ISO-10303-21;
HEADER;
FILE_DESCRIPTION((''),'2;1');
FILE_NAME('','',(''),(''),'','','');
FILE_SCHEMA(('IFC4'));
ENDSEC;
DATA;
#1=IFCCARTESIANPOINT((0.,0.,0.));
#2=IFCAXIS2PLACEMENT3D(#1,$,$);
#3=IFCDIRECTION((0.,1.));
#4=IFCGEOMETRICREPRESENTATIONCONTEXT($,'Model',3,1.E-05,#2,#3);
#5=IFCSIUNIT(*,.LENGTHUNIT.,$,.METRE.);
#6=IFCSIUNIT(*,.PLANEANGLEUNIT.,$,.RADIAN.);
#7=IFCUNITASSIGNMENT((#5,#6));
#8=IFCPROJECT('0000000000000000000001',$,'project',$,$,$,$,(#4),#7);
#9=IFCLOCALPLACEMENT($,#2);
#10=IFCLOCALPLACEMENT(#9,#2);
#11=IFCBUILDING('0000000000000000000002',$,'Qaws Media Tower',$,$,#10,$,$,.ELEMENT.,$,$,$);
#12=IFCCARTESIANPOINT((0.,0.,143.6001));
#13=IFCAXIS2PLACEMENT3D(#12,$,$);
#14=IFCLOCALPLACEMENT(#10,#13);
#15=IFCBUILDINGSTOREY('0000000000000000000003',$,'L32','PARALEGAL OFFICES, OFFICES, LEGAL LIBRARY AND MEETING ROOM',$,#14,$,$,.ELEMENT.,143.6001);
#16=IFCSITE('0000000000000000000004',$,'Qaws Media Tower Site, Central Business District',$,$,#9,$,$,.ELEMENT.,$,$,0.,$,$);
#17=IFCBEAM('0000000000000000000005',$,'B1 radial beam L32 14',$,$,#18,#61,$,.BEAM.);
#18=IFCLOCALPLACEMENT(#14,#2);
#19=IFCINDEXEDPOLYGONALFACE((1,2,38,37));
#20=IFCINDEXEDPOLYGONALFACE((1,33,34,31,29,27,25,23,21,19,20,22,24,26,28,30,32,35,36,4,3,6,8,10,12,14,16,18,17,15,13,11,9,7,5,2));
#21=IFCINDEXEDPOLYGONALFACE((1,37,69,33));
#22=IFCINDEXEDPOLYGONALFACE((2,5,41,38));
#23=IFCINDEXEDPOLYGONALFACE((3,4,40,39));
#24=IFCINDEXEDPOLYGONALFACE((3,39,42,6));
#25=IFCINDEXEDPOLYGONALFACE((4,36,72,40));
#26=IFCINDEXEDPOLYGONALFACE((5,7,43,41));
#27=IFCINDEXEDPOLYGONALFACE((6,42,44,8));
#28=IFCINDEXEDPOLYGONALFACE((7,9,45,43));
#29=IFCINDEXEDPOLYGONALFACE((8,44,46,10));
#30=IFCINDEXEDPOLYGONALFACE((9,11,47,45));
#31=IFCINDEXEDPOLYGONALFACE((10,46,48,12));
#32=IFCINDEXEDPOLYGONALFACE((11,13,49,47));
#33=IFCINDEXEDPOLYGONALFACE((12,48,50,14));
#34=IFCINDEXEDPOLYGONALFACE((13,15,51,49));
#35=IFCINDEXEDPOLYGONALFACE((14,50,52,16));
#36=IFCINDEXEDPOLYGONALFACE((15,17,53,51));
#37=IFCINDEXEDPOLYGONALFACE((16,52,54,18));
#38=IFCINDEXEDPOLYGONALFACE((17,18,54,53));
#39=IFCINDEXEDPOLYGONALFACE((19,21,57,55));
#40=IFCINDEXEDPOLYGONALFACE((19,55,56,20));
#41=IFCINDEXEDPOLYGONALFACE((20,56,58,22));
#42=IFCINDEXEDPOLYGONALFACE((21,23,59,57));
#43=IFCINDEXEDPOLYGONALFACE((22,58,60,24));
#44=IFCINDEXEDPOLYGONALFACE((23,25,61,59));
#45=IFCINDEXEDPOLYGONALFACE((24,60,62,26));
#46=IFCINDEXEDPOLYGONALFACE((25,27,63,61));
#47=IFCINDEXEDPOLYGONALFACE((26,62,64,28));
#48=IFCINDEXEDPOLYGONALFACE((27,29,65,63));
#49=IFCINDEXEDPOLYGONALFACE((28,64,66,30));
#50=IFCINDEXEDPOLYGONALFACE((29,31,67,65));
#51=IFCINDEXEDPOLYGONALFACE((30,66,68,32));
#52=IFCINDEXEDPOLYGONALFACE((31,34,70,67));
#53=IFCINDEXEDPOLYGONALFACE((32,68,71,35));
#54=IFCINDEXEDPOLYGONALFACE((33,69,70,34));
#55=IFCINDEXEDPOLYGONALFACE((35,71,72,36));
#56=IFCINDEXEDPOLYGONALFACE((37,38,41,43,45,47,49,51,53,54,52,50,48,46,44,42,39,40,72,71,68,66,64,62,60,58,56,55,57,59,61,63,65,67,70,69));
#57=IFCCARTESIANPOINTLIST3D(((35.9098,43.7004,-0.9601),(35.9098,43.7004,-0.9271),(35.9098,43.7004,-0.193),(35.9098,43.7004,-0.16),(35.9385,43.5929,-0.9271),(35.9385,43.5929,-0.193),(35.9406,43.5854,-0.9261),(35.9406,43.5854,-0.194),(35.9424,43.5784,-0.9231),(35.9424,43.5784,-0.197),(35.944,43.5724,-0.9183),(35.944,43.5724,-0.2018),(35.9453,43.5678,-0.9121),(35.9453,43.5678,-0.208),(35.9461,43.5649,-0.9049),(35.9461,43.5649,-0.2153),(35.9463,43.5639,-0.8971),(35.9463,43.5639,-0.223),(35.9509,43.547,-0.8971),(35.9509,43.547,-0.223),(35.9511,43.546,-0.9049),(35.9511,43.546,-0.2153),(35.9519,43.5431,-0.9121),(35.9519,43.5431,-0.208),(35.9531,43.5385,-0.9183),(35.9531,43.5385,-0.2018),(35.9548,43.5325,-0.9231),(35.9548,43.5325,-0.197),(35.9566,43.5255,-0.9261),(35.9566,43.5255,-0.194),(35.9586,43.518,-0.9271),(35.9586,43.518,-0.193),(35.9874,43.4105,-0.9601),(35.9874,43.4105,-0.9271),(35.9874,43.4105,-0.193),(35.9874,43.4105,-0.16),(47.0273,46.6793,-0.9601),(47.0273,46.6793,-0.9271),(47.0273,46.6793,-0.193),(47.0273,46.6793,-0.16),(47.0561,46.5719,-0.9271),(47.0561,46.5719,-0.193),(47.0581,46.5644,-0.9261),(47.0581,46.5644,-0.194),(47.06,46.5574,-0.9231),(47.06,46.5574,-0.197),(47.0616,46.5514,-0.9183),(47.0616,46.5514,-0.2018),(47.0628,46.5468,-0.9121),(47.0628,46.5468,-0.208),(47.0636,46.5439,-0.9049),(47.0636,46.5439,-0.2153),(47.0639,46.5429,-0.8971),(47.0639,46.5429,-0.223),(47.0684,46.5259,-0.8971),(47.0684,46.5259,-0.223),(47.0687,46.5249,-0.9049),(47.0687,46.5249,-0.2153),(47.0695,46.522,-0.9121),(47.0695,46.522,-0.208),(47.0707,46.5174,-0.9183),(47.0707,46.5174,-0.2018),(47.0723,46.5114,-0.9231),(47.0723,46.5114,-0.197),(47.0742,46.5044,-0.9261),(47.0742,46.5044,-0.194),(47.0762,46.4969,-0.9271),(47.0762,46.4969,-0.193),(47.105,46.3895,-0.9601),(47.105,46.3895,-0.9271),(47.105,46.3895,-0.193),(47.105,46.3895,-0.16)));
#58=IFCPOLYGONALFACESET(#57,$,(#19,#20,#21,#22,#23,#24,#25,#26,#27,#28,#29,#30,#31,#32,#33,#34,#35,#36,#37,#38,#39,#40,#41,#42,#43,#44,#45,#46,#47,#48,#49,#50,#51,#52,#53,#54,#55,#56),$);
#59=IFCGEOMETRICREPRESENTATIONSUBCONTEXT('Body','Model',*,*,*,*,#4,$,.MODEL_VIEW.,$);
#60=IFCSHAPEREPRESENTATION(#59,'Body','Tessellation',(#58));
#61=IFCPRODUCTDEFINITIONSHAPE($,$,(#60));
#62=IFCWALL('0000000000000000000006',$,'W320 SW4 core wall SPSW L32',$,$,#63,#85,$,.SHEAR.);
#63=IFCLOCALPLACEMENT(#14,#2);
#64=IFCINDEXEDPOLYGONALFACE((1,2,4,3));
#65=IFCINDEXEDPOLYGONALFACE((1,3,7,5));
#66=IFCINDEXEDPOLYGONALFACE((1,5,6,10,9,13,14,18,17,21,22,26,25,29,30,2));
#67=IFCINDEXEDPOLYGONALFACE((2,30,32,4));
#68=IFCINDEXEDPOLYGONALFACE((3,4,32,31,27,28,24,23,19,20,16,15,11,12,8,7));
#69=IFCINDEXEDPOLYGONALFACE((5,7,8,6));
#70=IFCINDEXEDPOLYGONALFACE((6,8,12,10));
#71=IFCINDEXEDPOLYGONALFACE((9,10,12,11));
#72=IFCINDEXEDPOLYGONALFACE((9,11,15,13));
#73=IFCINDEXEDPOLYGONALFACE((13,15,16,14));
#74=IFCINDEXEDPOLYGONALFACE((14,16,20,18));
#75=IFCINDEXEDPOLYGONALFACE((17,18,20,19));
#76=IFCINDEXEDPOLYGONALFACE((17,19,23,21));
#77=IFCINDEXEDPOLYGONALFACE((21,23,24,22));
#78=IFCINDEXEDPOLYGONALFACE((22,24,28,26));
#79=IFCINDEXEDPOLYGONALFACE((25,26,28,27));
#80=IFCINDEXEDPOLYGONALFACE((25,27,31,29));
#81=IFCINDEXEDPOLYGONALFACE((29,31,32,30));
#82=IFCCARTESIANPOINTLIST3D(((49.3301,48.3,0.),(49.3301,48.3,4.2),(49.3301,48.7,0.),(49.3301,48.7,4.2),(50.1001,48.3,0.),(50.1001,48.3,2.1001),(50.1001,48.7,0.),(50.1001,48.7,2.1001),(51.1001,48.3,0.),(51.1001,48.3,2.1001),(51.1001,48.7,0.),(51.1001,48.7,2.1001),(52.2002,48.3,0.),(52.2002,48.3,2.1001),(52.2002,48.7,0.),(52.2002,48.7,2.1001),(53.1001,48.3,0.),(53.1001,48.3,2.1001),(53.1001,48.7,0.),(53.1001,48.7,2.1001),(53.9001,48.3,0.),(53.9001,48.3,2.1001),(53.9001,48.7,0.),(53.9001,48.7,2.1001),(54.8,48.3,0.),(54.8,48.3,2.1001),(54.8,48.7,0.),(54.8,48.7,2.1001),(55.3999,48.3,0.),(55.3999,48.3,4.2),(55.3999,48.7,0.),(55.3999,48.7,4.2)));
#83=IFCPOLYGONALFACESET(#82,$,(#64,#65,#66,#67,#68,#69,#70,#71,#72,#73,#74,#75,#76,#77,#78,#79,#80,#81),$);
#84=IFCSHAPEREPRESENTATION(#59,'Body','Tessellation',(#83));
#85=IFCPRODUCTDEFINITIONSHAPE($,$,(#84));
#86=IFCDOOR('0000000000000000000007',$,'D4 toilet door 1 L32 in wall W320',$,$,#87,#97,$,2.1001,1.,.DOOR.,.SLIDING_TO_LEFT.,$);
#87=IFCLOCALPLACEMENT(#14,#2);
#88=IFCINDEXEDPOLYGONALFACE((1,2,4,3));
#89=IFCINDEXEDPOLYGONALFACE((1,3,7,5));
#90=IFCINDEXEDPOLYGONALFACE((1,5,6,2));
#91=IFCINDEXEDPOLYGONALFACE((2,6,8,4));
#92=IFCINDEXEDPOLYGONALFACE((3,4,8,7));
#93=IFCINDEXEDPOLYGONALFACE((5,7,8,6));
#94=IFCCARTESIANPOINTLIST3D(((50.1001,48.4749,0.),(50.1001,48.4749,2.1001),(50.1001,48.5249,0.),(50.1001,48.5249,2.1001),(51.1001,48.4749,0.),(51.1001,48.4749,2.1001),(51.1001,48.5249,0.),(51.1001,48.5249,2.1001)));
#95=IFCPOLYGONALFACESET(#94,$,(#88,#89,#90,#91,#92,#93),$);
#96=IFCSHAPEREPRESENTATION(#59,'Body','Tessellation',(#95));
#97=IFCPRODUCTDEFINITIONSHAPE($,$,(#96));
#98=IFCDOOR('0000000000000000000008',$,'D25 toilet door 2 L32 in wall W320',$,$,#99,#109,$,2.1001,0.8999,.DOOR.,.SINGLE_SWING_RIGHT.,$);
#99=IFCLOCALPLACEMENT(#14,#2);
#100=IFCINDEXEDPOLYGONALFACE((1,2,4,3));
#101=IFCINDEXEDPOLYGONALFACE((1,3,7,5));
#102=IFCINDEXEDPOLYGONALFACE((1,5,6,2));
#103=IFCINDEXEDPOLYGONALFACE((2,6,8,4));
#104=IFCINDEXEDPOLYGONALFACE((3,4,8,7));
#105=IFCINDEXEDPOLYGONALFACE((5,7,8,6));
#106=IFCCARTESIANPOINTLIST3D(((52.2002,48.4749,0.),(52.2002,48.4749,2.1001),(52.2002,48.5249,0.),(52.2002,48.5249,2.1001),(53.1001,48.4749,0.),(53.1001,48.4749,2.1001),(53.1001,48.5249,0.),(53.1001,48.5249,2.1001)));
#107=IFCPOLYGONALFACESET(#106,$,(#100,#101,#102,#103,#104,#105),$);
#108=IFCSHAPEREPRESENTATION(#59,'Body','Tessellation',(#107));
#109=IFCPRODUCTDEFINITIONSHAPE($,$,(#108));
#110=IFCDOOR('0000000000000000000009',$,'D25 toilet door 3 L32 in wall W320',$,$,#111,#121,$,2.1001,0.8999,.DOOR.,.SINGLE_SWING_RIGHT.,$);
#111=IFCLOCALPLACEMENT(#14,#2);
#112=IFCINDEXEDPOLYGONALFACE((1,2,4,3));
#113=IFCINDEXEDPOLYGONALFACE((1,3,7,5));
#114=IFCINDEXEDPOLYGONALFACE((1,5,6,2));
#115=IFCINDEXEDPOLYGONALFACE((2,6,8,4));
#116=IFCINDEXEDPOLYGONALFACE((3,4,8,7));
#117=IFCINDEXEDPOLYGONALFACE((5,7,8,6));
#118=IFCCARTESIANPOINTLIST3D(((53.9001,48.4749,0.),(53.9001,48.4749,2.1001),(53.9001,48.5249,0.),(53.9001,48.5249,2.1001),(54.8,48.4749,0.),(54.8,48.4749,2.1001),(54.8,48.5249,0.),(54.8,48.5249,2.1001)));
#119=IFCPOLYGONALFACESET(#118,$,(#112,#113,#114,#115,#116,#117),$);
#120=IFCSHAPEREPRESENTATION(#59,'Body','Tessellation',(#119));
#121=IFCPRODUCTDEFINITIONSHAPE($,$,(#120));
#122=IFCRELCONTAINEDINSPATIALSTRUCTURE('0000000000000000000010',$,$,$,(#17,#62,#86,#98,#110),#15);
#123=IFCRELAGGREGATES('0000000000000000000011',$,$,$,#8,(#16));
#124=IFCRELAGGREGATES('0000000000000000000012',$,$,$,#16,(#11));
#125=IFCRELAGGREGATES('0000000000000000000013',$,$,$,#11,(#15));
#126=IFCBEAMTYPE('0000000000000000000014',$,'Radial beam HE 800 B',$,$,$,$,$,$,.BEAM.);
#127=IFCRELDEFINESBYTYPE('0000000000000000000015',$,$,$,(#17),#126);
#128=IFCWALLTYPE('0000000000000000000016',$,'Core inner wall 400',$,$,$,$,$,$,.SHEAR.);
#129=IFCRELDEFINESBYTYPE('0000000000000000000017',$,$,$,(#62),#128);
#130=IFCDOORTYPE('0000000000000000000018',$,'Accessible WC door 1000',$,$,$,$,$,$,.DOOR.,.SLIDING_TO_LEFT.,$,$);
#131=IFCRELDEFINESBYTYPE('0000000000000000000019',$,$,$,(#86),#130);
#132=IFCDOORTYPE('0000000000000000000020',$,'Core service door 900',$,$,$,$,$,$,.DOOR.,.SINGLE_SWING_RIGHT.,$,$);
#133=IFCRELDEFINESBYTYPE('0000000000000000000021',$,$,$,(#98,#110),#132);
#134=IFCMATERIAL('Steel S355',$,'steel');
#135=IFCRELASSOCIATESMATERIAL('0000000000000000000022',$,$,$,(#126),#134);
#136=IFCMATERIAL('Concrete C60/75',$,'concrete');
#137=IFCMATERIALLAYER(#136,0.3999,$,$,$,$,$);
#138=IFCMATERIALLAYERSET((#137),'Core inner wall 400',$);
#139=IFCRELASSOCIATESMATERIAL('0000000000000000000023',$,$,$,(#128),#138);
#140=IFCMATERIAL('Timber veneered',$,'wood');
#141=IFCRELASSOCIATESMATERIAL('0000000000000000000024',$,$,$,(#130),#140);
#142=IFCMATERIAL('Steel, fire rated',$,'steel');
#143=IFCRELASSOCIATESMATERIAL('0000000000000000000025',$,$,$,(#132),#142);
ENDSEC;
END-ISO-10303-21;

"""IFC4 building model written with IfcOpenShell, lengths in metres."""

from ifc_helpers import new_model, si_unit, direction, frame, frame_2d, origin, origin_2d, place, context, subcontext, project, spatial, rectangle, i_section, extrude, material, layer, layer_set, material_profile, profile_set, type_object, element, fill, save


model = new_model("IFC4")

# Units and contexts
model_context = context("Model", 3, precision=1e-05, world=origin(), true_north=direction((0.0, 1.0)))
body_context = subcontext(model_context, "Body", "Model", "MODEL_VIEW")
ifc_project = project(units=[si_unit("LENGTHUNIT", "METRE"), si_unit("PLANEANGLEUNIT", "RADIAN")], contexts=[model_context])

# Site, building, storey
site_placement = place(None, origin())
site = spatial("IfcSite", under=ifc_project, at=site_placement, Name="Qaws Media Tower Site, Central Business District", CompositionType="ELEMENT", RefElevation=0.0)
building_placement = place(site_placement, origin())
building = spatial("IfcBuilding", under=site, at=building_placement, Name="Qaws Media Tower", CompositionType="ELEMENT")
storey_placement = place(building_placement, frame((0.0, 0.0, 143.6001)))
storey = spatial("IfcBuildingStorey", under=building, at=storey_placement, Name="L32", Description="PARALEGAL OFFICES, OFFICES, LEGAL LIBRARY AND MEETING ROOM", CompositionType="ELEMENT", Elevation=143.6001)

# Beam
ifc_material_1 = material(Name="Steel S355", Category="steel")
ifc_material_profile_1 = material_profile(ifc_material_1, i_section(OverallWidth=0.3, OverallDepth=0.8, WebThickness=0.0176, FlangeThickness=0.033, FilletRadius=0.03, at=origin_2d()), Name="HE 800 B")
ifc_profile_set_1 = profile_set([ifc_material_profile_1], Name="Steel S355")
beam_type_1 = type_object("IfcBeamType", Name="Radial beam HE 800 B", PredefinedType="BEAM", material=ifc_profile_set_1)
beam_1_placement = place(storey_placement, frame((47.0662, 46.5344, -0.5601), z_axis=(-0.965925, -0.258822, 0.0), x_axis=(0.258822, -0.965925, 0.0)))
element("IfcBeam", 1, at=beam_1_placement, inside=storey, type_object=beam_type_1, Name="B1 radial beam L32 14", PredefinedType="BEAM", context=body_context, shape_type="SweptSolid", body=[
    extrude(i_section(OverallWidth=0.3, OverallDepth=0.8, WebThickness=0.0176, FlangeThickness=0.033, FilletRadius=0.03, at=origin_2d()), origin(), (0.0, 0.0, 1.0), 11.5098),
])

# Wall, openings, doors
ifc_material_2 = material(Name="Concrete C60/75", Category="concrete")
ifc_layer_1 = layer(ifc_material_2, 0.3999)
ifc_layer_set_1 = layer_set([ifc_layer_1], Name="Core inner wall 400")
wall_type_1 = type_object("IfcWallType", Name="Core inner wall 400", PredefinedType="SHEAR", material=ifc_layer_set_1)
wall_1_placement = place(storey_placement, frame((49.3301, 48.5, 0.0), z_axis=(0.0, 0.0, 1.0), x_axis=(1.0, 0.0, 0.0)))
wall_1 = element("IfcWall", 2, at=wall_1_placement, inside=storey, type_object=wall_type_1, Name="W320 SW4 core wall SPSW L32", PredefinedType="SHEAR", context=body_context, shape_type="SweptSolid", body=[
    extrude(rectangle(XDim=6.0698, YDim=0.3999, at=frame_2d((3.0349, 0.0))), origin(), (0.0, 0.0, 1.0), 4.2),
])
opening_1_placement = place(wall_1_placement, frame((0.77, 0.0, 0.0)))
opening_1 = element("IfcOpeningElement", 3, at=opening_1_placement, cuts=wall_1, PredefinedType="OPENING", context=body_context, shape_type="SweptSolid", body=[
    extrude(rectangle(XDim=1.0, YDim=2.1001, at=frame_2d((0.5, 1.05))), frame((0.0, 0.21, 0.0), z_axis=(0.0, -1.0, 0.0), x_axis=(1.0, 0.0, 0.0)), (0.0, 0.0, 1.0), 0.4199),
])
opening_2_placement = place(wall_1_placement, frame((2.8701, 0.0, 0.0)))
opening_2 = element("IfcOpeningElement", 4, at=opening_2_placement, cuts=wall_1, PredefinedType="OPENING", context=body_context, shape_type="SweptSolid", body=[
    extrude(rectangle(XDim=0.8999, YDim=2.1001, at=frame_2d((0.45, 1.05))), frame((0.0, 0.21, 0.0), z_axis=(0.0, -1.0, 0.0), x_axis=(1.0, 0.0, 0.0)), (0.0, 0.0, 1.0), 0.4199),
])
opening_3_placement = place(wall_1_placement, frame((4.5701, 0.0, 0.0)))
opening_3 = element("IfcOpeningElement", 5, at=opening_3_placement, cuts=wall_1, PredefinedType="OPENING", context=body_context, shape_type="SweptSolid", body=[
    extrude(rectangle(XDim=0.8999, YDim=2.1001, at=frame_2d((0.45, 1.05))), frame((0.0, 0.21, 0.0), z_axis=(0.0, -1.0, 0.0), x_axis=(1.0, 0.0, 0.0)), (0.0, 0.0, 1.0), 0.4199),
])
ifc_material_3 = material(Name="Timber veneered", Category="wood")
door_type_1 = type_object("IfcDoorType", Name="Accessible WC door 1000", OperationType="SLIDING_TO_LEFT", PredefinedType="DOOR", material=ifc_material_3)
door_1_placement = place(opening_1_placement, origin())
door_1 = element("IfcDoor", 6, at=door_1_placement, inside=storey, type_object=door_type_1, Name="D4 toilet door 1 L32 in wall W320", OperationType="SLIDING_TO_LEFT", OverallHeight=2.1001, OverallWidth=1.0, PredefinedType="DOOR", context=body_context, shape_type="SweptSolid", body=[
    extrude(rectangle(XDim=1.0, YDim=2.1001, at=frame_2d((0.5, 1.05))), frame((0.0, 0.0249, 0.0), z_axis=(0.0, -1.0, 0.0), x_axis=(1.0, 0.0, 0.0)), (0.0, 0.0, 1.0), 0.05),
])
fill(opening_1, door_1)
ifc_material_4 = material(Name="Steel, fire rated", Category="steel")
door_type_2 = type_object("IfcDoorType", Name="Core service door 900", OperationType="SINGLE_SWING_RIGHT", PredefinedType="DOOR", material=ifc_material_4)
door_2_placement = place(opening_2_placement, origin())
door_2 = element("IfcDoor", 7, at=door_2_placement, inside=storey, type_object=door_type_2, Name="D25 toilet door 2 L32 in wall W320", OperationType="SINGLE_SWING_RIGHT", OverallHeight=2.1001, OverallWidth=0.8999, PredefinedType="DOOR", context=body_context, shape_type="SweptSolid", body=[
    extrude(rectangle(XDim=0.8999, YDim=2.1001, at=frame_2d((0.45, 1.05))), frame((0.0, 0.0249, 0.0), z_axis=(0.0, -1.0, 0.0), x_axis=(1.0, 0.0, 0.0)), (0.0, 0.0, 1.0), 0.05),
])
fill(opening_2, door_2)
door_3_placement = place(opening_3_placement, origin())
door_3 = element("IfcDoor", 8, at=door_3_placement, inside=storey, type_object=door_type_2, Name="D25 toilet door 3 L32 in wall W320", OperationType="SINGLE_SWING_RIGHT", OverallHeight=2.1001, OverallWidth=0.8999, PredefinedType="DOOR", context=body_context, shape_type="SweptSolid", body=[
    extrude(rectangle(XDim=0.8999, YDim=2.1001, at=frame_2d((0.45, 1.05))), frame((0.0, 0.0249, 0.0), z_axis=(0.0, -1.0, 0.0), x_axis=(1.0, 0.0, 0.0)), (0.0, 0.0, 1.0), 0.05),
])
fill(opening_3, door_3)

save(model, "model.ifc")
